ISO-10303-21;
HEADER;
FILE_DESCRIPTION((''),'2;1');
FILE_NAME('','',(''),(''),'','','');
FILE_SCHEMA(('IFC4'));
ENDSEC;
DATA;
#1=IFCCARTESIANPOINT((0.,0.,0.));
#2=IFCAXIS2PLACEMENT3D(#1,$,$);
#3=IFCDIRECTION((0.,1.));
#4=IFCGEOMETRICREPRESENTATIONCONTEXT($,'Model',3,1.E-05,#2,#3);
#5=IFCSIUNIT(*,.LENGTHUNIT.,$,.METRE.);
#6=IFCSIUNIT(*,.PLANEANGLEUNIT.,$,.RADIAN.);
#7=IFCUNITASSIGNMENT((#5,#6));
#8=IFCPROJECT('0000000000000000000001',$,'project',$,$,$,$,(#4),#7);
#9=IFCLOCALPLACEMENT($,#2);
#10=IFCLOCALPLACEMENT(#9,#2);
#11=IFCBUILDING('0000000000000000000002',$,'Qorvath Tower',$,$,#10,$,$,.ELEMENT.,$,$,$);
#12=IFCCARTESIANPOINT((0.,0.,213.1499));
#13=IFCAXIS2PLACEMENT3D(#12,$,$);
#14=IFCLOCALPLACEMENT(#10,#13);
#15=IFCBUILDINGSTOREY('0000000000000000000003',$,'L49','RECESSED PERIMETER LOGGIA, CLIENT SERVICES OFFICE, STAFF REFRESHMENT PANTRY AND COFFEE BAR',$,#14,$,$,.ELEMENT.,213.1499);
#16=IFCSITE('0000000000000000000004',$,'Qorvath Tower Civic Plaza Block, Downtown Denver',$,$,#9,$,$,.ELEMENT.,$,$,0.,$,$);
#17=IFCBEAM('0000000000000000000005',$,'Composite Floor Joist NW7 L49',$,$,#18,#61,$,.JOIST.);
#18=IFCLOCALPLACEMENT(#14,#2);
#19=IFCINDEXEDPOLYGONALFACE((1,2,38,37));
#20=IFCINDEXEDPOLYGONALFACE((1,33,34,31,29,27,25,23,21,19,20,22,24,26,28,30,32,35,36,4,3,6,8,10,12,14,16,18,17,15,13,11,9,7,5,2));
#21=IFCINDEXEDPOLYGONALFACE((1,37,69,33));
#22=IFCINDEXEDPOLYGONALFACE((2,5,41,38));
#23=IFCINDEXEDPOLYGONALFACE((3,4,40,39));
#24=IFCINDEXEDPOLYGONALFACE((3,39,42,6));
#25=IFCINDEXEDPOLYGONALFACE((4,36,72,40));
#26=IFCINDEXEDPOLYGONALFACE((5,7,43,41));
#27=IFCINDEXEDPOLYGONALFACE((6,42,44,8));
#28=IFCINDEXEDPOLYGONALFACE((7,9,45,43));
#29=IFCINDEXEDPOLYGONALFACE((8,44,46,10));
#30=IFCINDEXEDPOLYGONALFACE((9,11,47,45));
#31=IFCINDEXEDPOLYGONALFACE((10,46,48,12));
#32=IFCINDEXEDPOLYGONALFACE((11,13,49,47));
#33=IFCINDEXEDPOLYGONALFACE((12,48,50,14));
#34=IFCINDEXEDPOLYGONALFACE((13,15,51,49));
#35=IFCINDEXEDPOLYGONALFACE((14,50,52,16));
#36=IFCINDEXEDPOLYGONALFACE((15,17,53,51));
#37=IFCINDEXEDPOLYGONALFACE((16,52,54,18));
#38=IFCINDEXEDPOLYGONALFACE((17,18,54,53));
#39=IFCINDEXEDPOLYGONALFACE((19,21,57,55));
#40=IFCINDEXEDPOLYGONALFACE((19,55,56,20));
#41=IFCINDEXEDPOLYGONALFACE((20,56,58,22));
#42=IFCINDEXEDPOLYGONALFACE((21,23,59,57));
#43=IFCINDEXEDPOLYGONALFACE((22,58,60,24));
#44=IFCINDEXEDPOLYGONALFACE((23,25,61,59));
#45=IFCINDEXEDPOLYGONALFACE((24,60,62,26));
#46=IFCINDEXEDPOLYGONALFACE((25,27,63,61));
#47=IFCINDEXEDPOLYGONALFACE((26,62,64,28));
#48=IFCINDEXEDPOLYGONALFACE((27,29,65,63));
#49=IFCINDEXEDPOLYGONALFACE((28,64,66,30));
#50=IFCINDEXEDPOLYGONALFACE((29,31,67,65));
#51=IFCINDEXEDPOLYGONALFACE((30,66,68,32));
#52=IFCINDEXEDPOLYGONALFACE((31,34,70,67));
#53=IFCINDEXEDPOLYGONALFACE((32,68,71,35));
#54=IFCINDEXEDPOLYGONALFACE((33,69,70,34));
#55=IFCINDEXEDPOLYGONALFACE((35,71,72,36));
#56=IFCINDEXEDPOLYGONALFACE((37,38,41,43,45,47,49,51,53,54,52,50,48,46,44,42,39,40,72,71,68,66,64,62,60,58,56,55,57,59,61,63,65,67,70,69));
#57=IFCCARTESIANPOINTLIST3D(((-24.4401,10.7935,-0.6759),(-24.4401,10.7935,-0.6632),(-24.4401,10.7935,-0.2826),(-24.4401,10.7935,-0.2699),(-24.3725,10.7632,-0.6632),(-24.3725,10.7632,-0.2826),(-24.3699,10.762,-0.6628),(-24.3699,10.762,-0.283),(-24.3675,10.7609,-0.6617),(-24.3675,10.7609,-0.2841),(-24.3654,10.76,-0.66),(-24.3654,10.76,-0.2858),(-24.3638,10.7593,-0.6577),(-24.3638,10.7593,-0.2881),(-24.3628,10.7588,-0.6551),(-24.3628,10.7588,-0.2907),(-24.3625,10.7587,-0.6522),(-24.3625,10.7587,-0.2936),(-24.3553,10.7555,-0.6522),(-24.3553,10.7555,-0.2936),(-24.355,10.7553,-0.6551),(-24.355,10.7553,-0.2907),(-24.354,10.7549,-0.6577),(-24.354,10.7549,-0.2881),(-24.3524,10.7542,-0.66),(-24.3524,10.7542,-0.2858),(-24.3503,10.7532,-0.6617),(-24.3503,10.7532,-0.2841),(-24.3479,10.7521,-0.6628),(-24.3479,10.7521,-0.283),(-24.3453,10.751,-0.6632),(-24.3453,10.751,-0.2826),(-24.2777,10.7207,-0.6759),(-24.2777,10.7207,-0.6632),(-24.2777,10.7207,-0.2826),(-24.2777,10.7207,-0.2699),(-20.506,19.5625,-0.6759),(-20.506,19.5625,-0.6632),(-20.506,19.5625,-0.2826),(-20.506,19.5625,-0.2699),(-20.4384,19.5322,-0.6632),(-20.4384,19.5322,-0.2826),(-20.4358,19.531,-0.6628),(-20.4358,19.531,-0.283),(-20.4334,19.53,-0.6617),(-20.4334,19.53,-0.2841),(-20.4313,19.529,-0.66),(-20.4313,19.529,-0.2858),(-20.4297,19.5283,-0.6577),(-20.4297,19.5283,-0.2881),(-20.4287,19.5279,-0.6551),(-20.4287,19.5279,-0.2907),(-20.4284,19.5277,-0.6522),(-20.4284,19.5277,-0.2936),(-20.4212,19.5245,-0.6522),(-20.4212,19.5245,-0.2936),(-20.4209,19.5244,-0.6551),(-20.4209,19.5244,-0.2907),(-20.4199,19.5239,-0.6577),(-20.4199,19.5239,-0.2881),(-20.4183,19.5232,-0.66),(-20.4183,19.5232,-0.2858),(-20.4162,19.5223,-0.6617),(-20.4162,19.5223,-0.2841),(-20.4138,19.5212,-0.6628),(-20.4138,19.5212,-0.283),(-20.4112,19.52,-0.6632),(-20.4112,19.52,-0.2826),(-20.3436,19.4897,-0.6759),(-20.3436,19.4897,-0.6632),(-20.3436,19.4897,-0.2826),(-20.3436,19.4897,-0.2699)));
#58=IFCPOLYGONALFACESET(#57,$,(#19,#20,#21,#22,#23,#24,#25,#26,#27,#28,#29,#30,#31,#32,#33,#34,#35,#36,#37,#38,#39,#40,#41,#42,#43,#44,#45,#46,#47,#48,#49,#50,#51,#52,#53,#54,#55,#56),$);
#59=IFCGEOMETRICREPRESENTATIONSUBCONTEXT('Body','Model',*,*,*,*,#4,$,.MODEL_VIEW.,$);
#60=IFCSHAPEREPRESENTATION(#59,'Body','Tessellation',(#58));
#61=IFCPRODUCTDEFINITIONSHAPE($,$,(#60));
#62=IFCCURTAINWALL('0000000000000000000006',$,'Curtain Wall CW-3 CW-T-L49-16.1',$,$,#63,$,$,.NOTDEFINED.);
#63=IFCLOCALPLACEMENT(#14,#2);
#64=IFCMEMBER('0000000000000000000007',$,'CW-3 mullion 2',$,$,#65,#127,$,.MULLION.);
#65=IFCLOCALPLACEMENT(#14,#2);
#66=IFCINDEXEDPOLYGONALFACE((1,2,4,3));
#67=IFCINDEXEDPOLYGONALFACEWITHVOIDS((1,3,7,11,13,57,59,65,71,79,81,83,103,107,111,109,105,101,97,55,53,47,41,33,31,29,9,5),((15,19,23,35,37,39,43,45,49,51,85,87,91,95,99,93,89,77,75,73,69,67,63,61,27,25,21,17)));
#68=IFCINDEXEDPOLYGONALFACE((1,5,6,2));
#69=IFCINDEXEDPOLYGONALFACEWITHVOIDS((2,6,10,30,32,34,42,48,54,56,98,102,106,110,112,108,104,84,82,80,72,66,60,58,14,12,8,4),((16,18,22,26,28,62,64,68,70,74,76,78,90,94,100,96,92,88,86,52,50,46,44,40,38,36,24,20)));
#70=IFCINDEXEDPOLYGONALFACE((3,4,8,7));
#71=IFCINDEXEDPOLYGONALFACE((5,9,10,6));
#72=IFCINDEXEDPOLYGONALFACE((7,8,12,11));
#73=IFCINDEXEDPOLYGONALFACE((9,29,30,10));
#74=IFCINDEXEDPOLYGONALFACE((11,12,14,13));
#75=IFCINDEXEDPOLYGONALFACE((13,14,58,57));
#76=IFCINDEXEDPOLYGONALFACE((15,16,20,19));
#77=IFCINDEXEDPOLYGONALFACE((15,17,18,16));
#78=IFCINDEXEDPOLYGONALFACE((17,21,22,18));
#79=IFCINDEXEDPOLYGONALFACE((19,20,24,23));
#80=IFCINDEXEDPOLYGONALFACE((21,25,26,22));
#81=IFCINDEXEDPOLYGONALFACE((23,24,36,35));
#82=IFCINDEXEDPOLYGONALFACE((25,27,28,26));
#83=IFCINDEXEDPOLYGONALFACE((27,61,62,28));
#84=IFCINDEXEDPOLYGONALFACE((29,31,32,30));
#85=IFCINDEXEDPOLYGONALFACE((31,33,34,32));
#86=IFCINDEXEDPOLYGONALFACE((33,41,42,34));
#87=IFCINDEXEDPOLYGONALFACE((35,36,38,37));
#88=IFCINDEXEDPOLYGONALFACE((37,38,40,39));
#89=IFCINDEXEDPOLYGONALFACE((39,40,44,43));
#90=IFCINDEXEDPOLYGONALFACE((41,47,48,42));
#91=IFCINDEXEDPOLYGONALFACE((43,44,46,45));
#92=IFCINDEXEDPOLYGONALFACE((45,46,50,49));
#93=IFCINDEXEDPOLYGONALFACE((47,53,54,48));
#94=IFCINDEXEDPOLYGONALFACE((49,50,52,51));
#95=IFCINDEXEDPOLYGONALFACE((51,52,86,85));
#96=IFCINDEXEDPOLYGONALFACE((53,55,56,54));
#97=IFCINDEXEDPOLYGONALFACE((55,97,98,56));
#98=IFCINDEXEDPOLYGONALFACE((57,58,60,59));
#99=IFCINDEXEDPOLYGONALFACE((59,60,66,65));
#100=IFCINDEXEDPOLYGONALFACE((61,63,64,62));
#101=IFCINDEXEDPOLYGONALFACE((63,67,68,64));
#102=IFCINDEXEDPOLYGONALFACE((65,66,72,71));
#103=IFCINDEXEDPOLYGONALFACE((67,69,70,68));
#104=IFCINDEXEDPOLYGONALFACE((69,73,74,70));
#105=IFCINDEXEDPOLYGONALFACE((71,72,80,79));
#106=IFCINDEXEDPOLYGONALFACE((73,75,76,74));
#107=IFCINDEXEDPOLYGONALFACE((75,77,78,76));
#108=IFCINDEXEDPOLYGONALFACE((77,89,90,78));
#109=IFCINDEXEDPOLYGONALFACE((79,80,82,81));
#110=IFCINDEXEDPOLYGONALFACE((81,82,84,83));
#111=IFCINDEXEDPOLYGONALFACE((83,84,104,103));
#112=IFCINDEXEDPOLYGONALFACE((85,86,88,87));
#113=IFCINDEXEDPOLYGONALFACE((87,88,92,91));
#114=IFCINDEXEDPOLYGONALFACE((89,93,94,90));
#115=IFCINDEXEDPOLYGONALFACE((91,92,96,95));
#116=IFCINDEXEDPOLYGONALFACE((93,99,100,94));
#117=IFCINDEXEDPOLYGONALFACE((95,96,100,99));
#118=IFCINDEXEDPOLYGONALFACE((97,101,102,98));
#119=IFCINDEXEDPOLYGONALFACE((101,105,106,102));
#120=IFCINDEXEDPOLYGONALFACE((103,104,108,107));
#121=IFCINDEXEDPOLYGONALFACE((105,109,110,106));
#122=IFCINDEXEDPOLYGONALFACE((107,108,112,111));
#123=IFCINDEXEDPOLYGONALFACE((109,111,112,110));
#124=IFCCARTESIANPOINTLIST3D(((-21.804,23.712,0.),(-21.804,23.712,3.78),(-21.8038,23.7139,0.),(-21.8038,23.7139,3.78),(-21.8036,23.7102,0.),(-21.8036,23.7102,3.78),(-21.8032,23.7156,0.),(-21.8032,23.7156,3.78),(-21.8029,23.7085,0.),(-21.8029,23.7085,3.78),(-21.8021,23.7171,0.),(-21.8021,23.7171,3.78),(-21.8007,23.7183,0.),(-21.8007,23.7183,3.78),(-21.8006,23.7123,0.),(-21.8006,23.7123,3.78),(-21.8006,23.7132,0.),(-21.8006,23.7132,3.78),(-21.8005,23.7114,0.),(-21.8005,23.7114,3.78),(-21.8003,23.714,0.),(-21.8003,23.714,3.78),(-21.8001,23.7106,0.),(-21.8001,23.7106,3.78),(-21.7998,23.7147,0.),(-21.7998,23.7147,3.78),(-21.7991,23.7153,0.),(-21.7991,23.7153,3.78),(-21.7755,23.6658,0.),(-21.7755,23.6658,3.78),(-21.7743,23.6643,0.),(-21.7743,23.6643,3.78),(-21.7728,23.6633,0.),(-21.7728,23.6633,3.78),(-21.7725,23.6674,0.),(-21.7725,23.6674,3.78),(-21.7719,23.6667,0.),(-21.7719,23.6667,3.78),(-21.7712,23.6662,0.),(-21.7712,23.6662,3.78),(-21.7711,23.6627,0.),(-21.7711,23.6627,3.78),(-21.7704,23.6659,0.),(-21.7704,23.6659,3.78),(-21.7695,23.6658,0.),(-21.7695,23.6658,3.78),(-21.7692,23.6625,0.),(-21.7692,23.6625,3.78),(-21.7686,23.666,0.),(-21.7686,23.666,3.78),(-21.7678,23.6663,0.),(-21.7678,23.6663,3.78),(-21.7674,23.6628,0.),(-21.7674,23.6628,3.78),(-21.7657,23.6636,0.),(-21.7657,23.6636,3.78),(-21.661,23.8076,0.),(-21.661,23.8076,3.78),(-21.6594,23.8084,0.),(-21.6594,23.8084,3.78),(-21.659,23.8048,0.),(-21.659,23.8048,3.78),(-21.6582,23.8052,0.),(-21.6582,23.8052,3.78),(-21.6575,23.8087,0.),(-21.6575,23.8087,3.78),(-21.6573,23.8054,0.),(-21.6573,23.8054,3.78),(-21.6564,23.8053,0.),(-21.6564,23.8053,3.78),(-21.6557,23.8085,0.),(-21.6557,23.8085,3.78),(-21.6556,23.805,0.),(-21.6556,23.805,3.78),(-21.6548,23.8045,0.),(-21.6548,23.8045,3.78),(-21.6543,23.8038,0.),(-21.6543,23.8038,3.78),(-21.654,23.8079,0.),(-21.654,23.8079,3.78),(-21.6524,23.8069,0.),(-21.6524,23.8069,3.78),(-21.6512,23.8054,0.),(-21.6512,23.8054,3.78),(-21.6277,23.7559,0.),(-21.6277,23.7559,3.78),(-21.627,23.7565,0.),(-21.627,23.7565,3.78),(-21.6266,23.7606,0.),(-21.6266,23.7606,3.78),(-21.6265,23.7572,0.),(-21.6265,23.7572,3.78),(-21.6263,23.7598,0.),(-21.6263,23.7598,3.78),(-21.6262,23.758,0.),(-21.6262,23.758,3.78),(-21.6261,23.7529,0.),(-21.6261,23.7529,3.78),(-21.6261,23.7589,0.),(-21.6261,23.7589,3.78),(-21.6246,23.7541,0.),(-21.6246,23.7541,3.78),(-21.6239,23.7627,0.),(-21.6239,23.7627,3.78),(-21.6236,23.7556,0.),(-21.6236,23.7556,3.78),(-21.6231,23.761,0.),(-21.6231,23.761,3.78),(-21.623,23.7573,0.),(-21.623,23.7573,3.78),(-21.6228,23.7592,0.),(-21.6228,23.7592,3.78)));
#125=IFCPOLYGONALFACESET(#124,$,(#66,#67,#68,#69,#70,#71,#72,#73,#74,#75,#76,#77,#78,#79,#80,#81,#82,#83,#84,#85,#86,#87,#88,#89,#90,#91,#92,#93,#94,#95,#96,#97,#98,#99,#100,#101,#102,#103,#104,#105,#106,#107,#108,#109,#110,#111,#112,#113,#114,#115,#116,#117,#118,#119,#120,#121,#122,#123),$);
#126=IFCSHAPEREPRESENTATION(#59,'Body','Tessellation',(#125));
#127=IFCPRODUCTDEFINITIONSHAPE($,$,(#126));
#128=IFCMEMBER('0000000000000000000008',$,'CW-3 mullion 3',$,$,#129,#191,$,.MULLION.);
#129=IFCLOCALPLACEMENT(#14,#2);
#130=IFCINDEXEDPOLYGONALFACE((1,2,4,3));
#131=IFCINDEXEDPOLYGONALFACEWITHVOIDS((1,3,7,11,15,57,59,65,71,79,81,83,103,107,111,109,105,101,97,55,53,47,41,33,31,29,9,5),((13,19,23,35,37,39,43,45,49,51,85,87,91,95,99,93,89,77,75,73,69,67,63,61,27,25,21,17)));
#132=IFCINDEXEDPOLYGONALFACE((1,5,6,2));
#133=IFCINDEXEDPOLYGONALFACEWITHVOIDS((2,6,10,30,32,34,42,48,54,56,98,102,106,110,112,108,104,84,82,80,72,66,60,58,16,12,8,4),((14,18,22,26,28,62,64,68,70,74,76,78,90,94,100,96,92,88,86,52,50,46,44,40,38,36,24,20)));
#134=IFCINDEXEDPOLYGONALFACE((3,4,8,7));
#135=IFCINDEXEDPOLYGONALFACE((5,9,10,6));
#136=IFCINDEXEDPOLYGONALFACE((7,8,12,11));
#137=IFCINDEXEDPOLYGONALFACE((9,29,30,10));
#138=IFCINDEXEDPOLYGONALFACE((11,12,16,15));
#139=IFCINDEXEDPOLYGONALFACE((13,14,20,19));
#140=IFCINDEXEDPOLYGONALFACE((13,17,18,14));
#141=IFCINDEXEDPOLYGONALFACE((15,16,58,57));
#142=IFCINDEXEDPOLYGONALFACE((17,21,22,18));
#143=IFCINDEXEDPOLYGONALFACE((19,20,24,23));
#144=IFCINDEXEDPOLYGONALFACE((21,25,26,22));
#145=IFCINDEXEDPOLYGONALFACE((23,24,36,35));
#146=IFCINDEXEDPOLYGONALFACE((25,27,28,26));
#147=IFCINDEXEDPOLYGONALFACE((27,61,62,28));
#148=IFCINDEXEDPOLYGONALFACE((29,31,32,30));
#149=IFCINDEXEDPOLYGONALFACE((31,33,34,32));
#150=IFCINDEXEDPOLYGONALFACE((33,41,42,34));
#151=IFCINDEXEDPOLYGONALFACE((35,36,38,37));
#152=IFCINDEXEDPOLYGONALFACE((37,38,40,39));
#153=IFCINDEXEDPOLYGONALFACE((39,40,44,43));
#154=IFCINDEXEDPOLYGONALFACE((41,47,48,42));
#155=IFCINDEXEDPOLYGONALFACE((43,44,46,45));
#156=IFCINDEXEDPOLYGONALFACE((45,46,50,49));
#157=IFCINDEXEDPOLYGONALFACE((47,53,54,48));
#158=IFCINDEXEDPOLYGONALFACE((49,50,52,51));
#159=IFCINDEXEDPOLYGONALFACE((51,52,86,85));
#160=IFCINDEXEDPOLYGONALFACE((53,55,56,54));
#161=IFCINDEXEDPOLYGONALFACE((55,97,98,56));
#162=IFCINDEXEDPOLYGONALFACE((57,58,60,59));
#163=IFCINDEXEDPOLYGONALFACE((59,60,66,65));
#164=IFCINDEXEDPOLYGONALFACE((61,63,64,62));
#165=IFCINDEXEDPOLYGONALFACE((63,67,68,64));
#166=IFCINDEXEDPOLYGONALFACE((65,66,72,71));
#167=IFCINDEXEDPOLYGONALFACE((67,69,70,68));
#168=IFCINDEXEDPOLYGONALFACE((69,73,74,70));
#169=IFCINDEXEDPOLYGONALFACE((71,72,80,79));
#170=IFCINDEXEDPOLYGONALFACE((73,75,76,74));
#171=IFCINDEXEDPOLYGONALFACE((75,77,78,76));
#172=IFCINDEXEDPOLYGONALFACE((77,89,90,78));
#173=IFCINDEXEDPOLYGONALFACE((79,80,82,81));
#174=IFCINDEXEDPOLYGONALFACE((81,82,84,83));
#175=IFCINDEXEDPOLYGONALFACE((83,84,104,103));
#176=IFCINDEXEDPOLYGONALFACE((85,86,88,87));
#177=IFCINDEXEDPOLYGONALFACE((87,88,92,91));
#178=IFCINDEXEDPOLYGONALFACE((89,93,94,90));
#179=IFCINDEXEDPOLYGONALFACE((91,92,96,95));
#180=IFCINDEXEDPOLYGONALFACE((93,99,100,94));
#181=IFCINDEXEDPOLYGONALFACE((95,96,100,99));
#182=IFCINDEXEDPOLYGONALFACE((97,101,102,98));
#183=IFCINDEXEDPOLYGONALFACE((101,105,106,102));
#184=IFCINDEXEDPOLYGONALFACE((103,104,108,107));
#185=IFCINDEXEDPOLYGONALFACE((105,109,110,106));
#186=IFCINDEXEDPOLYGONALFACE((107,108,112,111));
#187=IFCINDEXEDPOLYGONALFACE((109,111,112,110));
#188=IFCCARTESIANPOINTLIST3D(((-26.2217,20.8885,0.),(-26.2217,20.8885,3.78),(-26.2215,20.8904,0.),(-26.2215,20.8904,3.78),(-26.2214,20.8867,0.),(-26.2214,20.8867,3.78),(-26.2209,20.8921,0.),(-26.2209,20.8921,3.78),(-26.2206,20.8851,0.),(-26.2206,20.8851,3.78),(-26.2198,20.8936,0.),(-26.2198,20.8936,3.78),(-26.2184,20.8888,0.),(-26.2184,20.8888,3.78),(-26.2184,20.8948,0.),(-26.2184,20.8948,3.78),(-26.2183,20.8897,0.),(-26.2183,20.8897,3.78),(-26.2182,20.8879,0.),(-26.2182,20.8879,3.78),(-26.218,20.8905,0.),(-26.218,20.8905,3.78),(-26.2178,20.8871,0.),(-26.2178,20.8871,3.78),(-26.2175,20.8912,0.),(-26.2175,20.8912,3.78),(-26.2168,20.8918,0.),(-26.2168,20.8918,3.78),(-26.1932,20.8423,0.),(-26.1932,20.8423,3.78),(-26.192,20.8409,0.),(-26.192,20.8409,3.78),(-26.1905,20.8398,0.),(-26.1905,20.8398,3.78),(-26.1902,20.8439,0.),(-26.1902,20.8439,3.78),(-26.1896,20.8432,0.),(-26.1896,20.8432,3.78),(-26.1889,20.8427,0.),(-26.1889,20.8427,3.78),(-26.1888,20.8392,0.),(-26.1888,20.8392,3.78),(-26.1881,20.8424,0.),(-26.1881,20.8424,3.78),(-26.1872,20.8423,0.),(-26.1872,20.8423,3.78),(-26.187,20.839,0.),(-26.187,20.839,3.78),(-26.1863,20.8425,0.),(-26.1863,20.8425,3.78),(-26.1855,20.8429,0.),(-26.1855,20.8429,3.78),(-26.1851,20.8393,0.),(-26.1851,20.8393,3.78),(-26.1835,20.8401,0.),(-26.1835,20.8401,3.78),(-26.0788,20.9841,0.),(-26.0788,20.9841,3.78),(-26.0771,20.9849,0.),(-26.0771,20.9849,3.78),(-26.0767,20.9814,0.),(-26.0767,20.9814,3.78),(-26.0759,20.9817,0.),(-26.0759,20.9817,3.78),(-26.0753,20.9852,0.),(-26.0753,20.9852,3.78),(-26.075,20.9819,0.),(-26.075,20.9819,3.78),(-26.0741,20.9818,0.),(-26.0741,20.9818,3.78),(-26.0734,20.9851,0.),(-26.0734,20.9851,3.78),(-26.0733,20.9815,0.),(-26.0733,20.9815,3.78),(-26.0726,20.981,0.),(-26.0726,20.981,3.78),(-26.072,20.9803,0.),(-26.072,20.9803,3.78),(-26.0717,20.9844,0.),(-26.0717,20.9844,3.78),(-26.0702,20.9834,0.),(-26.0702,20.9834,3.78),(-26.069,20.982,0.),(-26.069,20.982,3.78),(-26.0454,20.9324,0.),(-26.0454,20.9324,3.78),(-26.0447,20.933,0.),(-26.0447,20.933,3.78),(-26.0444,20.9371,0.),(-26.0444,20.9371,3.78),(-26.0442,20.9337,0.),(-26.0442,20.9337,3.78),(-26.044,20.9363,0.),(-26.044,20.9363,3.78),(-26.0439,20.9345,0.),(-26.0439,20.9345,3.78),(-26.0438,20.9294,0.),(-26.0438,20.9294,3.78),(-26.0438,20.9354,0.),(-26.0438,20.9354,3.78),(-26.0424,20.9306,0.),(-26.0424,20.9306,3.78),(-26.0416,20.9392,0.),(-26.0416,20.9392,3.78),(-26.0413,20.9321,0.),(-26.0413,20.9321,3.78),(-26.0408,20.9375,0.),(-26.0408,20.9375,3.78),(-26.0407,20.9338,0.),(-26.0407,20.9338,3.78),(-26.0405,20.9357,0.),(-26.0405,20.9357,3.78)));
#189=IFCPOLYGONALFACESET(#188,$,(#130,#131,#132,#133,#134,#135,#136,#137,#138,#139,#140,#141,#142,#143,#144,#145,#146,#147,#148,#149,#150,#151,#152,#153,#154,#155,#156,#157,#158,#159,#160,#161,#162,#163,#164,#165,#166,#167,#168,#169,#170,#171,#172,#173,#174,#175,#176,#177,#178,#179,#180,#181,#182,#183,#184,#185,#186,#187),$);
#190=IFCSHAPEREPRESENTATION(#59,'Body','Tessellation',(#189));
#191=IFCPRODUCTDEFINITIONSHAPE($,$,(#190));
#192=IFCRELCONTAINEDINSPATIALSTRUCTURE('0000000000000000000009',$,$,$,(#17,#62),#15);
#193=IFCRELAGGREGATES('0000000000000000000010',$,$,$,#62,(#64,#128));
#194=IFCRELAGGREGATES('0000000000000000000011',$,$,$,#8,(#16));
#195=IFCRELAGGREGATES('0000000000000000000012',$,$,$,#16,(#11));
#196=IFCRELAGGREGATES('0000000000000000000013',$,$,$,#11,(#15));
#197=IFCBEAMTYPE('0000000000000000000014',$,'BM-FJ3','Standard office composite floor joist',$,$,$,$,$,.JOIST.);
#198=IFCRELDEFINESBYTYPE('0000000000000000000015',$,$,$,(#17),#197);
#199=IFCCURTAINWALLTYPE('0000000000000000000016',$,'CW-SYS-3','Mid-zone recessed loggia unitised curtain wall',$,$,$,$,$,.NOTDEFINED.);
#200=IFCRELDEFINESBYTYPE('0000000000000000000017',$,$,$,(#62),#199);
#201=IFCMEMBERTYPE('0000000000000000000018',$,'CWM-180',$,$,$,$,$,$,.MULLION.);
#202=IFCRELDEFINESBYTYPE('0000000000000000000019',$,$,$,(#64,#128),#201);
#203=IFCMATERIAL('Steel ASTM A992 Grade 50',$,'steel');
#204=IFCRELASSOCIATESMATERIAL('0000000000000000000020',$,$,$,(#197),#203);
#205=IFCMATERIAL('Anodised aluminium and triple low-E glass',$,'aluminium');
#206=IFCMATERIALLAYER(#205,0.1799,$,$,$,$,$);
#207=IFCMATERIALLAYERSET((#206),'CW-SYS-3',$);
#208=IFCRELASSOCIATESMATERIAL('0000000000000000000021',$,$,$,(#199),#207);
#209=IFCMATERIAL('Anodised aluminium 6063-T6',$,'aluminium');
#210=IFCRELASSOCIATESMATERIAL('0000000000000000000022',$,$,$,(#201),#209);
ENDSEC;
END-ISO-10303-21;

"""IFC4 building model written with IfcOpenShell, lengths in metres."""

from ifc_helpers import new_model, si_unit, direction, frame, origin, origin_2d, place, context, subcontext, project, spatial, hollow_rectangle, i_section, extrude, material, layer, layer_set, material_profile, profile_set, type_object, element, aggregate, save


model = new_model("IFC4")

# Units and contexts
model_context = context("Model", 3, precision=1e-05, world=origin(), true_north=direction((0.0, 1.0)))
body_context = subcontext(model_context, "Body", "Model", "MODEL_VIEW")
ifc_project = project(units=[si_unit("LENGTHUNIT", "METRE"), si_unit("PLANEANGLEUNIT", "RADIAN")], contexts=[model_context])

# Site, building, storey
site_placement = place(None, origin())
site = spatial("IfcSite", under=ifc_project, at=site_placement, Name="Qorvath Tower Civic Plaza Block, Downtown Denver", CompositionType="ELEMENT", RefElevation=0.0)
building_placement = place(site_placement, origin())
building = spatial("IfcBuilding", under=site, at=building_placement, Name="Qorvath Tower", CompositionType="ELEMENT")
storey_placement = place(building_placement, frame((0.0, 0.0, 213.1499)))
storey = spatial("IfcBuildingStorey", under=building, at=storey_placement, Name="L49", Description="RECESSED PERIMETER LOGGIA, CLIENT SERVICES OFFICE, STAFF REFRESHMENT PANTRY AND COFFEE BAR", CompositionType="ELEMENT", Elevation=213.1499)

# Beam
ifc_material_1 = material(Name="Steel ASTM A992 Grade 50", Category="steel")
ifc_material_profile_1 = material_profile(ifc_material_1, i_section(OverallWidth=0.178, OverallDepth=0.406, WebThickness=0.0078, FlangeThickness=0.0127, FilletRadius=0.011, at=origin_2d()), Name="W16x40")
ifc_profile_set_1 = profile_set([ifc_material_profile_1], Name="Steel ASTM A992 Grade 50")
beam_type_1 = type_object("IfcBeamType", Name="BM-FJ3", Description="Standard office composite floor joist", PredefinedType="JOIST", material=ifc_profile_set_1)
beam_1_placement = place(storey_placement, frame((-24.3589, 10.7571, -0.4729), z_axis=(0.409327, 0.912388, 0.0), x_axis=(-0.912388, 0.409327, 0.0)))
element("IfcBeam", 1, at=beam_1_placement, inside=storey, type_object=beam_type_1, Name="Composite Floor Joist NW7 L49", PredefinedType="JOIST", context=body_context, shape_type="SweptSolid", body=[
    extrude(i_section(OverallWidth=0.178, OverallDepth=0.406, WebThickness=0.0078, FlangeThickness=0.0127, FilletRadius=0.011, at=origin_2d()), origin(), (0.0, 0.0, 1.0), 9.6111),
])

# Curtain wall, members
ifc_material_2 = material(Name="Anodised aluminium and triple low-E glass", Category="aluminium")
ifc_layer_1 = layer(ifc_material_2, 0.1799)
ifc_layer_set_1 = layer_set([ifc_layer_1], Name="CW-SYS-3")
curtain_wall_type = type_object("IfcCurtainWallType", Name="CW-SYS-3", Description="Mid-zone recessed loggia unitised curtain wall", PredefinedType="NOTDEFINED", material=ifc_layer_set_1)
curtain_wall_placement = place(storey_placement, origin())
curtain_wall = element("IfcCurtainWall", 2, at=curtain_wall_placement, inside=storey, type_object=curtain_wall_type, Name="Curtain Wall CW-3 CW-T-L49-16.1", PredefinedType="NOTDEFINED")
ifc_material_3 = material(Name="Anodised aluminium 6063-T6", Category="aluminium")
ifc_material_profile_2 = material_profile(ifc_material_3, hollow_rectangle(XDim=0.0649, YDim=0.1799, WallThickness=0.0034, InnerFilletRadius=0.0034, OuterFilletRadius=0.0071, at=origin_2d()), Name="CWM 180x65")
ifc_profile_set_2 = profile_set([ifc_material_profile_2], Name="Anodised aluminium 6063-T6")
member_type_1 = type_object("IfcMemberType", Name="CWM-180", PredefinedType="MULLION", material=ifc_profile_set_2)
member_1_placement = place(storey_placement, frame((-21.7134, 23.7356, 0.0), z_axis=(0.0, 0.0, 1.0), x_axis=(0.538532, -0.842605, 0.0)))
member_1 = element("IfcMember", 3, at=member_1_placement, type_object=member_type_1, Name="CW-3 mullion 2", PredefinedType="MULLION", context=body_context, shape_type="SweptSolid", body=[
    extrude(hollow_rectangle(XDim=0.0649, YDim=0.1799, WallThickness=0.0034, InnerFilletRadius=0.0034, OuterFilletRadius=0.0071, at=origin_2d()), origin(), (0.0, 0.0, 1.0), 3.78),
])
member_2_placement = place(storey_placement, frame((-26.1311, 20.9121, 0.0), z_axis=(0.0, 0.0, 1.0), x_axis=(0.538532, -0.842605, 0.0)))
member_2 = element("IfcMember", 4, at=member_2_placement, type_object=member_type_1, Name="CW-3 mullion 3", PredefinedType="MULLION", context=body_context, shape_type="SweptSolid", body=[
    extrude(hollow_rectangle(XDim=0.0649, YDim=0.1799, WallThickness=0.0034, InnerFilletRadius=0.0034, OuterFilletRadius=0.0071, at=origin_2d()), origin(), (0.0, 0.0, 1.0), 3.78),
])
aggregate(curtain_wall, [member_1, member_2])

save(model, "model.ifc")
